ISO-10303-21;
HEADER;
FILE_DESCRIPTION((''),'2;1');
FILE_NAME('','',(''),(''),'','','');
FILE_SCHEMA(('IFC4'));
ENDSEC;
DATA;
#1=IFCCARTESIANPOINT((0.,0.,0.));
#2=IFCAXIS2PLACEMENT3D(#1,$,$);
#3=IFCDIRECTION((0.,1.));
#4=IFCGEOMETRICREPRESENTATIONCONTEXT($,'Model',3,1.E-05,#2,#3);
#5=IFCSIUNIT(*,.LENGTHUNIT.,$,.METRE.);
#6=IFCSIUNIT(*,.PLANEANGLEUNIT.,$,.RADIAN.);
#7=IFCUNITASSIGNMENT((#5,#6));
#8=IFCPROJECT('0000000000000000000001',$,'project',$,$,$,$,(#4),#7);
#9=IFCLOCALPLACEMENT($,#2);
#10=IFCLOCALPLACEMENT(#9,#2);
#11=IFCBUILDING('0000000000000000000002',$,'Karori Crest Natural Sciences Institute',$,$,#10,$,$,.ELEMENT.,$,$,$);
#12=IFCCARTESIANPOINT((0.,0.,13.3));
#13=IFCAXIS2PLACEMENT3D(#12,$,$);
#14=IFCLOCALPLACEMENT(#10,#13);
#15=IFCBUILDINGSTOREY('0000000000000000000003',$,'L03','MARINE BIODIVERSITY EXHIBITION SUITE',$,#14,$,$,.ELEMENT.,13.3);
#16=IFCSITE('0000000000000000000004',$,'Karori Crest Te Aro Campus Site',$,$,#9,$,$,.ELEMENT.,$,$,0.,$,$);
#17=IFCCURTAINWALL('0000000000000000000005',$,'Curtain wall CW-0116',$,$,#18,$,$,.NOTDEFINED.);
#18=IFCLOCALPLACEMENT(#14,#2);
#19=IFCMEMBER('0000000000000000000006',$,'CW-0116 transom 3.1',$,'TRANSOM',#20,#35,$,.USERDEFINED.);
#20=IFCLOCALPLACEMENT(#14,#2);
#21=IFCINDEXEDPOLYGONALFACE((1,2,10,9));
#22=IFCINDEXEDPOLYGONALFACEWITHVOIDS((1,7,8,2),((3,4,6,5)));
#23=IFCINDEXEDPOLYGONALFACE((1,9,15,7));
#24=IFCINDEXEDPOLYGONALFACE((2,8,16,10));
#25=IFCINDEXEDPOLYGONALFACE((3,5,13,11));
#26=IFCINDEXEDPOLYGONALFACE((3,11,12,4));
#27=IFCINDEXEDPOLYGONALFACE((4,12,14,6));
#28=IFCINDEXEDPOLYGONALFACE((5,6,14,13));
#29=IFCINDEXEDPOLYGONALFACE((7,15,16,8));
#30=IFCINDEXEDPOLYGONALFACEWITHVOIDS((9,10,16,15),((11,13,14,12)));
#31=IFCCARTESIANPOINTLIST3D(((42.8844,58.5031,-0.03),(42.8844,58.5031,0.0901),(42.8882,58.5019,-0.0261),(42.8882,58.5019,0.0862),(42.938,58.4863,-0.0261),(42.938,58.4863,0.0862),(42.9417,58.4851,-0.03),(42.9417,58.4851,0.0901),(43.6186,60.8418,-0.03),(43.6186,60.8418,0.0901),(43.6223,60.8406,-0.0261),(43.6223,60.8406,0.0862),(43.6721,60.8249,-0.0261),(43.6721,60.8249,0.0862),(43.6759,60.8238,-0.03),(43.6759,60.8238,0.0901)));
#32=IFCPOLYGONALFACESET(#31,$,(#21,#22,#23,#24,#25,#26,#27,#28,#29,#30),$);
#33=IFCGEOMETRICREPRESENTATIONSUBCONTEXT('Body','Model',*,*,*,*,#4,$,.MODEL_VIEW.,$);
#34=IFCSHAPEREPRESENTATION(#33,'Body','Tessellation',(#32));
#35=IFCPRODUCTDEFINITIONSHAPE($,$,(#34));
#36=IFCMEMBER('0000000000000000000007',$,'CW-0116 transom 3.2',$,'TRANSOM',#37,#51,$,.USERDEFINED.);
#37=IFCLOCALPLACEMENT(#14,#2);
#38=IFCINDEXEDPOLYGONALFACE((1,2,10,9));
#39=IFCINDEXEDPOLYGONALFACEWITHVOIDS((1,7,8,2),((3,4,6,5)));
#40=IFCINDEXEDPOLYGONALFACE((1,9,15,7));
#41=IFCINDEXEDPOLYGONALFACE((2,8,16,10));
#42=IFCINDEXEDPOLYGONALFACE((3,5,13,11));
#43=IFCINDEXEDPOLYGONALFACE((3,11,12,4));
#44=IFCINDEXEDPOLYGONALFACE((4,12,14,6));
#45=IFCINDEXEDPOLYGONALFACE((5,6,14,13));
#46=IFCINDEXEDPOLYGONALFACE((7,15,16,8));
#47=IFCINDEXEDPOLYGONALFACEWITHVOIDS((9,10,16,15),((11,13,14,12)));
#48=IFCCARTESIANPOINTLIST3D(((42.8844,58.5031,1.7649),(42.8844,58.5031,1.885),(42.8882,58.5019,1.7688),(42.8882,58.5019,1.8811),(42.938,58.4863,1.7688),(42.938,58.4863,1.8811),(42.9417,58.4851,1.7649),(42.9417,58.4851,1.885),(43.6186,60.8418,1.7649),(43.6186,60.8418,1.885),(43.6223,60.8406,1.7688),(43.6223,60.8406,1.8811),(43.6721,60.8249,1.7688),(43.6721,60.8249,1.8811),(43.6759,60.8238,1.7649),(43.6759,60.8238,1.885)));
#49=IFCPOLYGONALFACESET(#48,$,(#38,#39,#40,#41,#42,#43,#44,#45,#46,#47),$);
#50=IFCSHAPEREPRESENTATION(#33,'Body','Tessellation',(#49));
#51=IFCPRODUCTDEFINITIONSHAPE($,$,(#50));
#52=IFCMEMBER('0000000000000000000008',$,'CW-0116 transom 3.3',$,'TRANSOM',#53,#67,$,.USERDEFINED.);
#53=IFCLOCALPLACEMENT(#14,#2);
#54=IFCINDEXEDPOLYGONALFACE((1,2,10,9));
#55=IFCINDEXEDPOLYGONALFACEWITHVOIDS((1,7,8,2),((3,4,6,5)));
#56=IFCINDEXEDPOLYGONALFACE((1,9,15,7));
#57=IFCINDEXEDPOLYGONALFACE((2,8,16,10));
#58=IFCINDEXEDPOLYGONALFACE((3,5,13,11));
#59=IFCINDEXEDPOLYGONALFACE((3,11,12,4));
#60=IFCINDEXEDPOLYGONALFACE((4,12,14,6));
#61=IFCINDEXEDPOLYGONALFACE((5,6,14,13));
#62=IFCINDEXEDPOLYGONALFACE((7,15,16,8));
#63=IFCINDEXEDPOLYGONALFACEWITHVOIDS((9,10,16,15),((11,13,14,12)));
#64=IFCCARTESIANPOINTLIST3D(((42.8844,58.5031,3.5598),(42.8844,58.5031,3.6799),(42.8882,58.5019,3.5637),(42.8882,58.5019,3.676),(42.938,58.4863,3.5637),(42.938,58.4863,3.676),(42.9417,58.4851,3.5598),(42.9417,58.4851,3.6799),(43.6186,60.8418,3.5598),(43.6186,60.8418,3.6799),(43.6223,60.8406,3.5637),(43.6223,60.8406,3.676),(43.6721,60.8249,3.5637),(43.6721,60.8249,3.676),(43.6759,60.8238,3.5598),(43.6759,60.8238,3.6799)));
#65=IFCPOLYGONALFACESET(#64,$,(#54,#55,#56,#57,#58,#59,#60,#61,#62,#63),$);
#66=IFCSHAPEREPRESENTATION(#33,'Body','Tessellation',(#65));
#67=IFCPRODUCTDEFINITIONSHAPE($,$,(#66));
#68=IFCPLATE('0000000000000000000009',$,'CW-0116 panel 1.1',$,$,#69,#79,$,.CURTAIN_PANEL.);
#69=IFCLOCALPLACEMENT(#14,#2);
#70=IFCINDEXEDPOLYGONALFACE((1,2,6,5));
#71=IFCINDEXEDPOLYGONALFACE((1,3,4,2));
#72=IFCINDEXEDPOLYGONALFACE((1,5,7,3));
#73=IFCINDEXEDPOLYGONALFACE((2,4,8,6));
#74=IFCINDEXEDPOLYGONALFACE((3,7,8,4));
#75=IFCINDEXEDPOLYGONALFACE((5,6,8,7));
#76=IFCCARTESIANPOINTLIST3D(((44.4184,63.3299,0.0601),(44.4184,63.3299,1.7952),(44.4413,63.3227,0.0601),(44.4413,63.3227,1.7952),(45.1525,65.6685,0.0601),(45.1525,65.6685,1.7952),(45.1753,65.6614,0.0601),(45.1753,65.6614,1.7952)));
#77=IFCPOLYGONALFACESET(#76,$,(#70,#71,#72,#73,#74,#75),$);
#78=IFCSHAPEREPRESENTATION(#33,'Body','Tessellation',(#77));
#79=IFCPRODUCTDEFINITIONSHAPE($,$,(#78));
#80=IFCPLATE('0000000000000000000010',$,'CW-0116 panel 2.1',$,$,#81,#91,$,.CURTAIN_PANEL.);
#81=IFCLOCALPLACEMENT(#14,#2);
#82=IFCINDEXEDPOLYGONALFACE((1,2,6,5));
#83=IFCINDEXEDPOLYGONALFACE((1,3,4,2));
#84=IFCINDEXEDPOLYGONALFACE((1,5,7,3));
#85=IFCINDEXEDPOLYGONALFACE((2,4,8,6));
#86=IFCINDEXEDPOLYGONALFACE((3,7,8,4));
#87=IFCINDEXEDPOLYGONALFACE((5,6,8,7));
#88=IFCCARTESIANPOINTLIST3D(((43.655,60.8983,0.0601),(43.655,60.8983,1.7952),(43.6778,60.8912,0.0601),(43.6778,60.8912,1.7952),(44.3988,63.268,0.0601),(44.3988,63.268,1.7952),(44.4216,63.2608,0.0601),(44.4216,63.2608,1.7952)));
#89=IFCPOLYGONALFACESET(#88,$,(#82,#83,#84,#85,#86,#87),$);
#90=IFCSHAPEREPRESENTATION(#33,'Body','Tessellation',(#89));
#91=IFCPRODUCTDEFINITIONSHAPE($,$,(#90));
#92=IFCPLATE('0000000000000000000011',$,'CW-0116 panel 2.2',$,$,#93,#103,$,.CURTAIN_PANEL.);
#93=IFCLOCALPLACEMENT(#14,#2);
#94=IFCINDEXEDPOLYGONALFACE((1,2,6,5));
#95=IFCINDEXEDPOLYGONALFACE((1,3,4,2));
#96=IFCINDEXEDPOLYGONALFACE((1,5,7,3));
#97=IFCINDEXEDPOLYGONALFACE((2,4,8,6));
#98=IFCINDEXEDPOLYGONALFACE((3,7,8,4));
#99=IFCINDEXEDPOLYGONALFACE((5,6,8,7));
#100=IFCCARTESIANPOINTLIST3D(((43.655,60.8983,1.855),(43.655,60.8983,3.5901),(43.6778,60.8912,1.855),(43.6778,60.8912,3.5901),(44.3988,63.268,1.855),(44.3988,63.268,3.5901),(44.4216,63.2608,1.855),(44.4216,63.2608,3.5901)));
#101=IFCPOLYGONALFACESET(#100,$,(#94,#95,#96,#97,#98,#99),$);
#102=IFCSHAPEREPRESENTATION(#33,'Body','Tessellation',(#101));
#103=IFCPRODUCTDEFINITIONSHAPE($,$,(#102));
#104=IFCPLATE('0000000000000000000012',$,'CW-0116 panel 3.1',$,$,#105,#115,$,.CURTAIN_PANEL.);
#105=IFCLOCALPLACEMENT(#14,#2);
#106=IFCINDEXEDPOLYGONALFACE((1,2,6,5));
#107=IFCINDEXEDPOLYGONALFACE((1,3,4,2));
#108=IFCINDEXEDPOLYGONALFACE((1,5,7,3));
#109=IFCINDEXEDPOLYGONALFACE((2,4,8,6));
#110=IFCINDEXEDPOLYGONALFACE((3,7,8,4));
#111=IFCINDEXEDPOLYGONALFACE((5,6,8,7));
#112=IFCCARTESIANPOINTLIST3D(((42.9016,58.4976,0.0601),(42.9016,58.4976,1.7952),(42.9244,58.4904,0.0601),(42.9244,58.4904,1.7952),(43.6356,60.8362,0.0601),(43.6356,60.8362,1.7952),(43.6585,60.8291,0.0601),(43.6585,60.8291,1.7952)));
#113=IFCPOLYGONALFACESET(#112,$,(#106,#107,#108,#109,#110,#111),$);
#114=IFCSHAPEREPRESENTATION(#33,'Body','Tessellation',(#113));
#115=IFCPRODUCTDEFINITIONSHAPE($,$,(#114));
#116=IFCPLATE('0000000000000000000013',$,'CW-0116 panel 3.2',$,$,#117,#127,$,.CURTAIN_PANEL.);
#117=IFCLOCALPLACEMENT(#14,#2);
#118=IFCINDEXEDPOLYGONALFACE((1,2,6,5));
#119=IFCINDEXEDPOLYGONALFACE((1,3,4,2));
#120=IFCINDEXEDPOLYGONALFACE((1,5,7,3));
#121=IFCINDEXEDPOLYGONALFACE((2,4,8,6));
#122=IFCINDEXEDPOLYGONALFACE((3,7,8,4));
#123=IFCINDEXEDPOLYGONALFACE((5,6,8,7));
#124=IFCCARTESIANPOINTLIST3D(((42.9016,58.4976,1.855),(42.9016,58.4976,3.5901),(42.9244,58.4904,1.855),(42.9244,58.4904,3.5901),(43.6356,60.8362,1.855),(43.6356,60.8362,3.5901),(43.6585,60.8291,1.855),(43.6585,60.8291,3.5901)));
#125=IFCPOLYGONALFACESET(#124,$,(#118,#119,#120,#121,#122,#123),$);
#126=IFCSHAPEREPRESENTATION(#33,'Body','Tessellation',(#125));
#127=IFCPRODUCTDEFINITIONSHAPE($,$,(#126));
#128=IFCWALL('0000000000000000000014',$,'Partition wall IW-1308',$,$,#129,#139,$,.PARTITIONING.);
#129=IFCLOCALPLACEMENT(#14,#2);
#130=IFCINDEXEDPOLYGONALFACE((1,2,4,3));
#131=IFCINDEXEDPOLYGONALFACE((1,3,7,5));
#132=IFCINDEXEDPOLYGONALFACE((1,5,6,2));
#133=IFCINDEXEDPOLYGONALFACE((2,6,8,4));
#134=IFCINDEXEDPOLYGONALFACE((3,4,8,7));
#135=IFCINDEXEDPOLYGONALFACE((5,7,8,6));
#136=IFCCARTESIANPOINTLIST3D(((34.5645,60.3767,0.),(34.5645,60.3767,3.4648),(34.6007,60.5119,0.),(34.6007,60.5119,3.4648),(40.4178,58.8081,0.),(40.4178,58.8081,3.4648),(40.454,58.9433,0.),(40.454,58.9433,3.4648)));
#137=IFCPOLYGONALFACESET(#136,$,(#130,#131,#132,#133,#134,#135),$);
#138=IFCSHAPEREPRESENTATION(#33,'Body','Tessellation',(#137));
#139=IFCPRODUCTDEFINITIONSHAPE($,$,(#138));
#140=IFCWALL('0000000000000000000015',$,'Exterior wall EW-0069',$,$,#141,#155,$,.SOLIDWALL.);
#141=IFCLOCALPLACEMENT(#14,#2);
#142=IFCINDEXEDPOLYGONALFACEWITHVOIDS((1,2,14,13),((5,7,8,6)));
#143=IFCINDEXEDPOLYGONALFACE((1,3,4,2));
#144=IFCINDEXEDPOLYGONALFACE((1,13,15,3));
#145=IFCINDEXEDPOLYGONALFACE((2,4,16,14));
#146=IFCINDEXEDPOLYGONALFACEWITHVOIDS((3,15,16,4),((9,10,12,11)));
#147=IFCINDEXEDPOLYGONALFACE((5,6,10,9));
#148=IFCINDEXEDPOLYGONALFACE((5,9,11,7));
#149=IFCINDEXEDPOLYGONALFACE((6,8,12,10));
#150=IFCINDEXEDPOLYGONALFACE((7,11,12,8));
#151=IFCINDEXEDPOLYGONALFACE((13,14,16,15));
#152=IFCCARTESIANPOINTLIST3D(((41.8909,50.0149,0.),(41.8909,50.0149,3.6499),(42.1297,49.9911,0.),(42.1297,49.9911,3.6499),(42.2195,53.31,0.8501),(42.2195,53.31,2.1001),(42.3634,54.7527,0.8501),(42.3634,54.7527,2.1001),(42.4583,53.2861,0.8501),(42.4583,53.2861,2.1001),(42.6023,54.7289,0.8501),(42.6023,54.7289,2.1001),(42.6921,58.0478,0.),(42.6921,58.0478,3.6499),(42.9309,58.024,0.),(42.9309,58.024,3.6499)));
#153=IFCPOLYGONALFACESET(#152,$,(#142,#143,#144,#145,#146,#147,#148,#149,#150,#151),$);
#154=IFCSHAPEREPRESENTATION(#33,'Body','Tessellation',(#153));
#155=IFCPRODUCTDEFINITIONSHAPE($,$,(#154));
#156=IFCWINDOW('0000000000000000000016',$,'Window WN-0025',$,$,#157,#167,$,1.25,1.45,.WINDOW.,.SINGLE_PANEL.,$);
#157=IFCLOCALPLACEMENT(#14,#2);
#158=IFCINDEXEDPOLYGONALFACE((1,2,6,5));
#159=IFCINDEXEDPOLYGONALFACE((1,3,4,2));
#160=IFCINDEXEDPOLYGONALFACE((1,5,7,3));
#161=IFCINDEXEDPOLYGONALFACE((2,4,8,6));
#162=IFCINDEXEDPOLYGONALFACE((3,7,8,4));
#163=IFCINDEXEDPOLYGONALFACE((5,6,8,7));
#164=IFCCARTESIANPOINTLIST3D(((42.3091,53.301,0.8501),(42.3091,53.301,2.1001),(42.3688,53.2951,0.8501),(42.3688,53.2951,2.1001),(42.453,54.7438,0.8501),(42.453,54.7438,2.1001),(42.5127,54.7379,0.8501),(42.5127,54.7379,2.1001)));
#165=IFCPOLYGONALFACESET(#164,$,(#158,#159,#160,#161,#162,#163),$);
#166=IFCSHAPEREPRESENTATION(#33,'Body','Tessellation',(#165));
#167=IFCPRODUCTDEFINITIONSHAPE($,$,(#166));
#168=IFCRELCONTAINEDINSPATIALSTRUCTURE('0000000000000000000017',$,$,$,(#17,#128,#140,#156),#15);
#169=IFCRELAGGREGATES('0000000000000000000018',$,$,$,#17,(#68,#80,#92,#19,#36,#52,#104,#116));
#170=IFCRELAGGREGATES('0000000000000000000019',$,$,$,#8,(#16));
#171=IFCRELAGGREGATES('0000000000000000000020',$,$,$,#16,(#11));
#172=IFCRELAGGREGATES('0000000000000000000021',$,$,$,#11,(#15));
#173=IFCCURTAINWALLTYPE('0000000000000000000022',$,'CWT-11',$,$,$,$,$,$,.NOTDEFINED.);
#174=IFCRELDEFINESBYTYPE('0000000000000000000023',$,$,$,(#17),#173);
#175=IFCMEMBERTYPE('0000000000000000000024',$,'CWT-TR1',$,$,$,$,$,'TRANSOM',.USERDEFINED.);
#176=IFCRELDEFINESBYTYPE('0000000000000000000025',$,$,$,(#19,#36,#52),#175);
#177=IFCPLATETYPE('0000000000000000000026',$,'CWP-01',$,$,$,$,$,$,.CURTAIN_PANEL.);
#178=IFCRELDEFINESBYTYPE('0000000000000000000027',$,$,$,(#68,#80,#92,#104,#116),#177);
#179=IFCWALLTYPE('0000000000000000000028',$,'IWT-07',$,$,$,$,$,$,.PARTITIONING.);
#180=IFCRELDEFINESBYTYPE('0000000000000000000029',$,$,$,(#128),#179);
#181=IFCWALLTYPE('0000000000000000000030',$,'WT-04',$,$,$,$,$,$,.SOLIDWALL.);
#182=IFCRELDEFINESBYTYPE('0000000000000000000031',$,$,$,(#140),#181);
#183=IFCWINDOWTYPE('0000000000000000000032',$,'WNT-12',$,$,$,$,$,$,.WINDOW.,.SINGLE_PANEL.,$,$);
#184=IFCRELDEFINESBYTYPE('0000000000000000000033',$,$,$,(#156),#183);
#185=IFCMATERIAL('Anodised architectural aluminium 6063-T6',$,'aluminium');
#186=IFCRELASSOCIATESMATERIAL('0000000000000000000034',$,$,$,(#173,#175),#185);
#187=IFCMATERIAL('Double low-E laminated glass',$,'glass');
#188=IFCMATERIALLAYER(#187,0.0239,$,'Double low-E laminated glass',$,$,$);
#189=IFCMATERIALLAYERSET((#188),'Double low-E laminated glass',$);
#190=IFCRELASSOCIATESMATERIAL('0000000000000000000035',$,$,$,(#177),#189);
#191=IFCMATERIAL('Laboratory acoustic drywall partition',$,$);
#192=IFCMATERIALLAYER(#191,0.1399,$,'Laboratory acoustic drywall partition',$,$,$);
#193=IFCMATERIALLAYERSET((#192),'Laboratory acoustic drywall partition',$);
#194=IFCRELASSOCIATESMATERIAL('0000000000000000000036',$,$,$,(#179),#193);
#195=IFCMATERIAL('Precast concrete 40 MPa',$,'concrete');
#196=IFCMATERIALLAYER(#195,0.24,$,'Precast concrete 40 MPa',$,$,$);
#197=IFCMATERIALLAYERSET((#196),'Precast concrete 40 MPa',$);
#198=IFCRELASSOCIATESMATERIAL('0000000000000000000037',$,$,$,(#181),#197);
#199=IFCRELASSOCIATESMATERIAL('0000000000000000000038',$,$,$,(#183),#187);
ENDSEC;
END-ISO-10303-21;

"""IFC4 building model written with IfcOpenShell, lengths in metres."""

from ifc_helpers import new_model, si_unit, direction, frame, frame_2d, origin, origin_2d, place, context, subcontext, project, spatial, rectangle, hollow_rectangle, extrude, material, layer, layer_set, material_profile, profile_set, type_object, element, fill, aggregate, save


model = new_model("IFC4")

# Units and contexts
model_context = context("Model", 3, precision=1e-05, world=origin(), true_north=direction((0.0, 1.0)))
body_context = subcontext(model_context, "Body", "Model", "MODEL_VIEW")
ifc_project = project(units=[si_unit("LENGTHUNIT", "METRE"), si_unit("PLANEANGLEUNIT", "RADIAN")], contexts=[model_context])

# Site, building, storey
site_placement = place(None, origin())
site = spatial("IfcSite", under=ifc_project, at=site_placement, Name="Karori Crest Te Aro Campus Site", CompositionType="ELEMENT", RefElevation=0.0)
building_placement = place(site_placement, origin())
building = spatial("IfcBuilding", under=site, at=building_placement, Name="Karori Crest Natural Sciences Institute", CompositionType="ELEMENT")
storey_placement = place(building_placement, frame((0.0, 0.0, 13.3)))
storey = spatial("IfcBuildingStorey", under=building, at=storey_placement, Name="L03", Description="MARINE BIODIVERSITY EXHIBITION SUITE", CompositionType="ELEMENT", Elevation=13.3)

# Curtain wall, members, plates
ifc_material_1 = material(Name="Anodised architectural aluminium 6063-T6", Category="aluminium")
curtain_wall_type = type_object("IfcCurtainWallType", Name="CWT-11", PredefinedType="NOTDEFINED", material=ifc_material_1)
curtain_wall_placement = place(storey_placement, origin())
curtain_wall = element("IfcCurtainWall", 1, at=curtain_wall_placement, inside=storey, type_object=curtain_wall_type, Name="Curtain wall CW-0116", PredefinedType="NOTDEFINED")
ifc_material_profile_1 = material_profile(ifc_material_1, hollow_rectangle(XDim=0.0601, YDim=0.1201, WallThickness=0.0039, at=origin_2d()), Name="CWT120x60x4")
ifc_profile_set_1 = profile_set([ifc_material_profile_1], Name="Anodised architectural aluminium 6063-T6")
member_type_1 = type_object("IfcMemberType", Name="CWT-TR1", ElementType="TRANSOM", PredefinedType="USERDEFINED", material=ifc_profile_set_1)
member_1_placement = place(storey_placement, frame((43.6472, 60.8328, 0.03), z_axis=(-0.299505, -0.954095, 0.0), x_axis=(0.954095, -0.299505, 0.0)))
member_1 = element("IfcMember", 2, at=member_1_placement, type_object=member_type_1, Name="CW-0116 transom 3.1", ObjectType="TRANSOM", PredefinedType="USERDEFINED", context=body_context, shape_type="SweptSolid", body=[
    extrude(hollow_rectangle(XDim=0.0601, YDim=0.1201, WallThickness=0.0039, at=origin_2d()), origin(), (0.0, 0.0, 1.0), 2.4512),
])
member_2_placement = place(storey_placement, frame((43.6472, 60.8328, 1.825), z_axis=(-0.299505, -0.954095, 0.0), x_axis=(0.954095, -0.299505, 0.0)))
member_2 = element("IfcMember", 3, at=member_2_placement, type_object=member_type_1, Name="CW-0116 transom 3.2", ObjectType="TRANSOM", PredefinedType="USERDEFINED", context=body_context, shape_type="SweptSolid", body=[
    extrude(hollow_rectangle(XDim=0.0601, YDim=0.1201, WallThickness=0.0039, at=origin_2d()), origin(), (0.0, 0.0, 1.0), 2.4512),
])
member_3_placement = place(storey_placement, frame((43.6472, 60.8328, 3.6199), z_axis=(-0.299505, -0.954095, 0.0), x_axis=(0.954095, -0.299505, 0.0)))
member_3 = element("IfcMember", 4, at=member_3_placement, type_object=member_type_1, Name="CW-0116 transom 3.3", ObjectType="TRANSOM", PredefinedType="USERDEFINED", context=body_context, shape_type="SweptSolid", body=[
    extrude(hollow_rectangle(XDim=0.0601, YDim=0.1201, WallThickness=0.0039, at=origin_2d()), origin(), (0.0, 0.0, 1.0), 2.4512),
])
ifc_material_2 = material(Name="Double low-E laminated glass", Category="glass")
ifc_layer_1 = layer(ifc_material_2, 0.0239, Name="Double low-E laminated glass")
ifc_layer_set_1 = layer_set([ifc_layer_1], Name="Double low-E laminated glass")
plate_type = type_object("IfcPlateType", Name="CWP-01", PredefinedType="CURTAIN_PANEL", material=ifc_layer_set_1)
plate_1_placement = place(storey_placement, frame((44.7969, 64.4956, 0.0601), z_axis=(0.0, 0.0, 1.0), x_axis=(-0.299475, -0.954104, 0.0)))
plate_1 = element("IfcPlate", 5, at=plate_1_placement, type_object=plate_type, Name="CW-0116 panel 1.1", PredefinedType="CURTAIN_PANEL", context=body_context, shape_type="SweptSolid", body=[
    extrude(rectangle(XDim=2.4512, YDim=0.0239, at=origin_2d()), origin(), (0.0, 0.0, 1.0), 1.7351),
])
plate_2_placement = place(storey_placement, frame((44.0383, 62.0796, 0.0601), z_axis=(0.0, 0.0, 1.0), x_axis=(-0.299475, -0.954104, 0.0)))
plate_2 = element("IfcPlate", 6, at=plate_2_placement, type_object=plate_type, Name="CW-0116 panel 2.1", PredefinedType="CURTAIN_PANEL", context=body_context, shape_type="SweptSolid", body=[
    extrude(rectangle(XDim=2.4836, YDim=0.0239, at=origin_2d()), origin(), (0.0, 0.0, 1.0), 1.7351),
])
plate_3_placement = place(storey_placement, frame((44.0383, 62.0796, 1.855), z_axis=(0.0, 0.0, 1.0), x_axis=(-0.299475, -0.954104, 0.0)))
plate_3 = element("IfcPlate", 7, at=plate_3_placement, type_object=plate_type, Name="CW-0116 panel 2.2", PredefinedType="CURTAIN_PANEL", context=body_context, shape_type="SweptSolid", body=[
    extrude(rectangle(XDim=2.4836, YDim=0.0239, at=origin_2d()), origin(), (0.0, 0.0, 1.0), 1.7351),
])
plate_4_placement = place(storey_placement, frame((43.28, 59.6633, 0.0601), z_axis=(0.0, 0.0, 1.0), x_axis=(-0.299475, -0.954104, 0.0)))
plate_4 = element("IfcPlate", 8, at=plate_4_placement, type_object=plate_type, Name="CW-0116 panel 3.1", PredefinedType="CURTAIN_PANEL", context=body_context, shape_type="SweptSolid", body=[
    extrude(rectangle(XDim=2.4512, YDim=0.0239, at=origin_2d()), origin(), (0.0, 0.0, 1.0), 1.7351),
])
plate_5_placement = place(storey_placement, frame((43.28, 59.6633, 1.855), z_axis=(0.0, 0.0, 1.0), x_axis=(-0.299475, -0.954104, 0.0)))
plate_5 = element("IfcPlate", 9, at=plate_5_placement, type_object=plate_type, Name="CW-0116 panel 3.2", PredefinedType="CURTAIN_PANEL", context=body_context, shape_type="SweptSolid", body=[
    extrude(rectangle(XDim=2.4512, YDim=0.0239, at=origin_2d()), origin(), (0.0, 0.0, 1.0), 1.7351),
])
aggregate(curtain_wall, [plate_1, plate_2, plate_3, member_1, member_2, member_3, plate_4, plate_5])

# Wall
ifc_material_3 = material(Name="Laboratory acoustic drywall partition")
ifc_layer_2 = layer(ifc_material_3, 0.1399, Name="Laboratory acoustic drywall partition")
ifc_layer_set_2 = layer_set([ifc_layer_2], Name="Laboratory acoustic drywall partition")
wall_type_1 = type_object("IfcWallType", Name="IWT-07", PredefinedType="PARTITIONING", material=ifc_layer_set_2)
wall_1_placement = place(storey_placement, frame((40.4358, 58.8757, 0.0), z_axis=(0.0, 0.0, 1.0), x_axis=(-0.965917, 0.258854, 0.0)))
element("IfcWall", 10, at=wall_1_placement, inside=storey, type_object=wall_type_1, Name="Partition wall IW-1308", PredefinedType="PARTITIONING", context=body_context, shape_type="SweptSolid", body=[
    extrude(rectangle(XDim=6.0598, YDim=0.1399, at=frame_2d((3.0298, 0.0))), origin(), (0.0, 0.0, 1.0), 3.4648),
])

# Wall, opening, window
ifc_material_4 = material(Name="Precast concrete 40 MPa", Category="concrete")
ifc_layer_3 = layer(ifc_material_4, 0.24, Name="Precast concrete 40 MPa")
ifc_layer_set_3 = layer_set([ifc_layer_3], Name="Precast concrete 40 MPa")
wall_type_2 = type_object("IfcWallType", Name="WT-04", PredefinedType="SOLIDWALL", material=ifc_layer_set_3)
wall_2_placement = place(storey_placement, frame((42.8115, 58.0359, 0.0), z_axis=(0.0, 0.0, 1.0), x_axis=(-0.099255, -0.995062, 0.0)))
wall_2 = element("IfcWall", 11, at=wall_2_placement, inside=storey, type_object=wall_type_2, Name="Exterior wall EW-0069", PredefinedType="SOLIDWALL", context=body_context, shape_type="SweptSolid", body=[
    extrude(rectangle(XDim=8.0728, YDim=0.24, at=frame_2d((4.0364, 0.0))), origin(), (0.0, 0.0, 1.0), 3.6499),
])
opening_placement = place(wall_2_placement, frame((3.3113, 0.0, 0.8501)))
opening = element("IfcOpeningElement", 12, at=opening_placement, cuts=wall_2, PredefinedType="OPENING", context=body_context, shape_type="SweptSolid", body=[
    extrude(rectangle(XDim=1.45, YDim=1.25, at=frame_2d((0.7251, 0.625))), frame((0.0, 0.1299, 0.0), z_axis=(0.0, -1.0, 0.0), x_axis=(1.0, 0.0, 0.0)), (0.0, 0.0, 1.0), 0.26),
])
window_type = type_object("IfcWindowType", Name="WNT-12", PartitioningType="SINGLE_PANEL", PredefinedType="WINDOW", material=ifc_material_2)
window_placement = place(opening_placement, origin())
window = element("IfcWindow", 13, at=window_placement, inside=storey, type_object=window_type, Name="Window WN-0025", OverallHeight=1.25, OverallWidth=1.45, PartitioningType="SINGLE_PANEL", PredefinedType="WINDOW", context=body_context, shape_type="SweptSolid", body=[
    extrude(rectangle(XDim=1.45, YDim=1.25, at=frame_2d((0.7251, 0.625))), frame((0.0, 0.03, 0.0), z_axis=(0.0, -1.0, 0.0), x_axis=(1.0, 0.0, 0.0)), (0.0, 0.0, 1.0), 0.0601),
])
fill(opening, window)

save(model, "model.ifc")
